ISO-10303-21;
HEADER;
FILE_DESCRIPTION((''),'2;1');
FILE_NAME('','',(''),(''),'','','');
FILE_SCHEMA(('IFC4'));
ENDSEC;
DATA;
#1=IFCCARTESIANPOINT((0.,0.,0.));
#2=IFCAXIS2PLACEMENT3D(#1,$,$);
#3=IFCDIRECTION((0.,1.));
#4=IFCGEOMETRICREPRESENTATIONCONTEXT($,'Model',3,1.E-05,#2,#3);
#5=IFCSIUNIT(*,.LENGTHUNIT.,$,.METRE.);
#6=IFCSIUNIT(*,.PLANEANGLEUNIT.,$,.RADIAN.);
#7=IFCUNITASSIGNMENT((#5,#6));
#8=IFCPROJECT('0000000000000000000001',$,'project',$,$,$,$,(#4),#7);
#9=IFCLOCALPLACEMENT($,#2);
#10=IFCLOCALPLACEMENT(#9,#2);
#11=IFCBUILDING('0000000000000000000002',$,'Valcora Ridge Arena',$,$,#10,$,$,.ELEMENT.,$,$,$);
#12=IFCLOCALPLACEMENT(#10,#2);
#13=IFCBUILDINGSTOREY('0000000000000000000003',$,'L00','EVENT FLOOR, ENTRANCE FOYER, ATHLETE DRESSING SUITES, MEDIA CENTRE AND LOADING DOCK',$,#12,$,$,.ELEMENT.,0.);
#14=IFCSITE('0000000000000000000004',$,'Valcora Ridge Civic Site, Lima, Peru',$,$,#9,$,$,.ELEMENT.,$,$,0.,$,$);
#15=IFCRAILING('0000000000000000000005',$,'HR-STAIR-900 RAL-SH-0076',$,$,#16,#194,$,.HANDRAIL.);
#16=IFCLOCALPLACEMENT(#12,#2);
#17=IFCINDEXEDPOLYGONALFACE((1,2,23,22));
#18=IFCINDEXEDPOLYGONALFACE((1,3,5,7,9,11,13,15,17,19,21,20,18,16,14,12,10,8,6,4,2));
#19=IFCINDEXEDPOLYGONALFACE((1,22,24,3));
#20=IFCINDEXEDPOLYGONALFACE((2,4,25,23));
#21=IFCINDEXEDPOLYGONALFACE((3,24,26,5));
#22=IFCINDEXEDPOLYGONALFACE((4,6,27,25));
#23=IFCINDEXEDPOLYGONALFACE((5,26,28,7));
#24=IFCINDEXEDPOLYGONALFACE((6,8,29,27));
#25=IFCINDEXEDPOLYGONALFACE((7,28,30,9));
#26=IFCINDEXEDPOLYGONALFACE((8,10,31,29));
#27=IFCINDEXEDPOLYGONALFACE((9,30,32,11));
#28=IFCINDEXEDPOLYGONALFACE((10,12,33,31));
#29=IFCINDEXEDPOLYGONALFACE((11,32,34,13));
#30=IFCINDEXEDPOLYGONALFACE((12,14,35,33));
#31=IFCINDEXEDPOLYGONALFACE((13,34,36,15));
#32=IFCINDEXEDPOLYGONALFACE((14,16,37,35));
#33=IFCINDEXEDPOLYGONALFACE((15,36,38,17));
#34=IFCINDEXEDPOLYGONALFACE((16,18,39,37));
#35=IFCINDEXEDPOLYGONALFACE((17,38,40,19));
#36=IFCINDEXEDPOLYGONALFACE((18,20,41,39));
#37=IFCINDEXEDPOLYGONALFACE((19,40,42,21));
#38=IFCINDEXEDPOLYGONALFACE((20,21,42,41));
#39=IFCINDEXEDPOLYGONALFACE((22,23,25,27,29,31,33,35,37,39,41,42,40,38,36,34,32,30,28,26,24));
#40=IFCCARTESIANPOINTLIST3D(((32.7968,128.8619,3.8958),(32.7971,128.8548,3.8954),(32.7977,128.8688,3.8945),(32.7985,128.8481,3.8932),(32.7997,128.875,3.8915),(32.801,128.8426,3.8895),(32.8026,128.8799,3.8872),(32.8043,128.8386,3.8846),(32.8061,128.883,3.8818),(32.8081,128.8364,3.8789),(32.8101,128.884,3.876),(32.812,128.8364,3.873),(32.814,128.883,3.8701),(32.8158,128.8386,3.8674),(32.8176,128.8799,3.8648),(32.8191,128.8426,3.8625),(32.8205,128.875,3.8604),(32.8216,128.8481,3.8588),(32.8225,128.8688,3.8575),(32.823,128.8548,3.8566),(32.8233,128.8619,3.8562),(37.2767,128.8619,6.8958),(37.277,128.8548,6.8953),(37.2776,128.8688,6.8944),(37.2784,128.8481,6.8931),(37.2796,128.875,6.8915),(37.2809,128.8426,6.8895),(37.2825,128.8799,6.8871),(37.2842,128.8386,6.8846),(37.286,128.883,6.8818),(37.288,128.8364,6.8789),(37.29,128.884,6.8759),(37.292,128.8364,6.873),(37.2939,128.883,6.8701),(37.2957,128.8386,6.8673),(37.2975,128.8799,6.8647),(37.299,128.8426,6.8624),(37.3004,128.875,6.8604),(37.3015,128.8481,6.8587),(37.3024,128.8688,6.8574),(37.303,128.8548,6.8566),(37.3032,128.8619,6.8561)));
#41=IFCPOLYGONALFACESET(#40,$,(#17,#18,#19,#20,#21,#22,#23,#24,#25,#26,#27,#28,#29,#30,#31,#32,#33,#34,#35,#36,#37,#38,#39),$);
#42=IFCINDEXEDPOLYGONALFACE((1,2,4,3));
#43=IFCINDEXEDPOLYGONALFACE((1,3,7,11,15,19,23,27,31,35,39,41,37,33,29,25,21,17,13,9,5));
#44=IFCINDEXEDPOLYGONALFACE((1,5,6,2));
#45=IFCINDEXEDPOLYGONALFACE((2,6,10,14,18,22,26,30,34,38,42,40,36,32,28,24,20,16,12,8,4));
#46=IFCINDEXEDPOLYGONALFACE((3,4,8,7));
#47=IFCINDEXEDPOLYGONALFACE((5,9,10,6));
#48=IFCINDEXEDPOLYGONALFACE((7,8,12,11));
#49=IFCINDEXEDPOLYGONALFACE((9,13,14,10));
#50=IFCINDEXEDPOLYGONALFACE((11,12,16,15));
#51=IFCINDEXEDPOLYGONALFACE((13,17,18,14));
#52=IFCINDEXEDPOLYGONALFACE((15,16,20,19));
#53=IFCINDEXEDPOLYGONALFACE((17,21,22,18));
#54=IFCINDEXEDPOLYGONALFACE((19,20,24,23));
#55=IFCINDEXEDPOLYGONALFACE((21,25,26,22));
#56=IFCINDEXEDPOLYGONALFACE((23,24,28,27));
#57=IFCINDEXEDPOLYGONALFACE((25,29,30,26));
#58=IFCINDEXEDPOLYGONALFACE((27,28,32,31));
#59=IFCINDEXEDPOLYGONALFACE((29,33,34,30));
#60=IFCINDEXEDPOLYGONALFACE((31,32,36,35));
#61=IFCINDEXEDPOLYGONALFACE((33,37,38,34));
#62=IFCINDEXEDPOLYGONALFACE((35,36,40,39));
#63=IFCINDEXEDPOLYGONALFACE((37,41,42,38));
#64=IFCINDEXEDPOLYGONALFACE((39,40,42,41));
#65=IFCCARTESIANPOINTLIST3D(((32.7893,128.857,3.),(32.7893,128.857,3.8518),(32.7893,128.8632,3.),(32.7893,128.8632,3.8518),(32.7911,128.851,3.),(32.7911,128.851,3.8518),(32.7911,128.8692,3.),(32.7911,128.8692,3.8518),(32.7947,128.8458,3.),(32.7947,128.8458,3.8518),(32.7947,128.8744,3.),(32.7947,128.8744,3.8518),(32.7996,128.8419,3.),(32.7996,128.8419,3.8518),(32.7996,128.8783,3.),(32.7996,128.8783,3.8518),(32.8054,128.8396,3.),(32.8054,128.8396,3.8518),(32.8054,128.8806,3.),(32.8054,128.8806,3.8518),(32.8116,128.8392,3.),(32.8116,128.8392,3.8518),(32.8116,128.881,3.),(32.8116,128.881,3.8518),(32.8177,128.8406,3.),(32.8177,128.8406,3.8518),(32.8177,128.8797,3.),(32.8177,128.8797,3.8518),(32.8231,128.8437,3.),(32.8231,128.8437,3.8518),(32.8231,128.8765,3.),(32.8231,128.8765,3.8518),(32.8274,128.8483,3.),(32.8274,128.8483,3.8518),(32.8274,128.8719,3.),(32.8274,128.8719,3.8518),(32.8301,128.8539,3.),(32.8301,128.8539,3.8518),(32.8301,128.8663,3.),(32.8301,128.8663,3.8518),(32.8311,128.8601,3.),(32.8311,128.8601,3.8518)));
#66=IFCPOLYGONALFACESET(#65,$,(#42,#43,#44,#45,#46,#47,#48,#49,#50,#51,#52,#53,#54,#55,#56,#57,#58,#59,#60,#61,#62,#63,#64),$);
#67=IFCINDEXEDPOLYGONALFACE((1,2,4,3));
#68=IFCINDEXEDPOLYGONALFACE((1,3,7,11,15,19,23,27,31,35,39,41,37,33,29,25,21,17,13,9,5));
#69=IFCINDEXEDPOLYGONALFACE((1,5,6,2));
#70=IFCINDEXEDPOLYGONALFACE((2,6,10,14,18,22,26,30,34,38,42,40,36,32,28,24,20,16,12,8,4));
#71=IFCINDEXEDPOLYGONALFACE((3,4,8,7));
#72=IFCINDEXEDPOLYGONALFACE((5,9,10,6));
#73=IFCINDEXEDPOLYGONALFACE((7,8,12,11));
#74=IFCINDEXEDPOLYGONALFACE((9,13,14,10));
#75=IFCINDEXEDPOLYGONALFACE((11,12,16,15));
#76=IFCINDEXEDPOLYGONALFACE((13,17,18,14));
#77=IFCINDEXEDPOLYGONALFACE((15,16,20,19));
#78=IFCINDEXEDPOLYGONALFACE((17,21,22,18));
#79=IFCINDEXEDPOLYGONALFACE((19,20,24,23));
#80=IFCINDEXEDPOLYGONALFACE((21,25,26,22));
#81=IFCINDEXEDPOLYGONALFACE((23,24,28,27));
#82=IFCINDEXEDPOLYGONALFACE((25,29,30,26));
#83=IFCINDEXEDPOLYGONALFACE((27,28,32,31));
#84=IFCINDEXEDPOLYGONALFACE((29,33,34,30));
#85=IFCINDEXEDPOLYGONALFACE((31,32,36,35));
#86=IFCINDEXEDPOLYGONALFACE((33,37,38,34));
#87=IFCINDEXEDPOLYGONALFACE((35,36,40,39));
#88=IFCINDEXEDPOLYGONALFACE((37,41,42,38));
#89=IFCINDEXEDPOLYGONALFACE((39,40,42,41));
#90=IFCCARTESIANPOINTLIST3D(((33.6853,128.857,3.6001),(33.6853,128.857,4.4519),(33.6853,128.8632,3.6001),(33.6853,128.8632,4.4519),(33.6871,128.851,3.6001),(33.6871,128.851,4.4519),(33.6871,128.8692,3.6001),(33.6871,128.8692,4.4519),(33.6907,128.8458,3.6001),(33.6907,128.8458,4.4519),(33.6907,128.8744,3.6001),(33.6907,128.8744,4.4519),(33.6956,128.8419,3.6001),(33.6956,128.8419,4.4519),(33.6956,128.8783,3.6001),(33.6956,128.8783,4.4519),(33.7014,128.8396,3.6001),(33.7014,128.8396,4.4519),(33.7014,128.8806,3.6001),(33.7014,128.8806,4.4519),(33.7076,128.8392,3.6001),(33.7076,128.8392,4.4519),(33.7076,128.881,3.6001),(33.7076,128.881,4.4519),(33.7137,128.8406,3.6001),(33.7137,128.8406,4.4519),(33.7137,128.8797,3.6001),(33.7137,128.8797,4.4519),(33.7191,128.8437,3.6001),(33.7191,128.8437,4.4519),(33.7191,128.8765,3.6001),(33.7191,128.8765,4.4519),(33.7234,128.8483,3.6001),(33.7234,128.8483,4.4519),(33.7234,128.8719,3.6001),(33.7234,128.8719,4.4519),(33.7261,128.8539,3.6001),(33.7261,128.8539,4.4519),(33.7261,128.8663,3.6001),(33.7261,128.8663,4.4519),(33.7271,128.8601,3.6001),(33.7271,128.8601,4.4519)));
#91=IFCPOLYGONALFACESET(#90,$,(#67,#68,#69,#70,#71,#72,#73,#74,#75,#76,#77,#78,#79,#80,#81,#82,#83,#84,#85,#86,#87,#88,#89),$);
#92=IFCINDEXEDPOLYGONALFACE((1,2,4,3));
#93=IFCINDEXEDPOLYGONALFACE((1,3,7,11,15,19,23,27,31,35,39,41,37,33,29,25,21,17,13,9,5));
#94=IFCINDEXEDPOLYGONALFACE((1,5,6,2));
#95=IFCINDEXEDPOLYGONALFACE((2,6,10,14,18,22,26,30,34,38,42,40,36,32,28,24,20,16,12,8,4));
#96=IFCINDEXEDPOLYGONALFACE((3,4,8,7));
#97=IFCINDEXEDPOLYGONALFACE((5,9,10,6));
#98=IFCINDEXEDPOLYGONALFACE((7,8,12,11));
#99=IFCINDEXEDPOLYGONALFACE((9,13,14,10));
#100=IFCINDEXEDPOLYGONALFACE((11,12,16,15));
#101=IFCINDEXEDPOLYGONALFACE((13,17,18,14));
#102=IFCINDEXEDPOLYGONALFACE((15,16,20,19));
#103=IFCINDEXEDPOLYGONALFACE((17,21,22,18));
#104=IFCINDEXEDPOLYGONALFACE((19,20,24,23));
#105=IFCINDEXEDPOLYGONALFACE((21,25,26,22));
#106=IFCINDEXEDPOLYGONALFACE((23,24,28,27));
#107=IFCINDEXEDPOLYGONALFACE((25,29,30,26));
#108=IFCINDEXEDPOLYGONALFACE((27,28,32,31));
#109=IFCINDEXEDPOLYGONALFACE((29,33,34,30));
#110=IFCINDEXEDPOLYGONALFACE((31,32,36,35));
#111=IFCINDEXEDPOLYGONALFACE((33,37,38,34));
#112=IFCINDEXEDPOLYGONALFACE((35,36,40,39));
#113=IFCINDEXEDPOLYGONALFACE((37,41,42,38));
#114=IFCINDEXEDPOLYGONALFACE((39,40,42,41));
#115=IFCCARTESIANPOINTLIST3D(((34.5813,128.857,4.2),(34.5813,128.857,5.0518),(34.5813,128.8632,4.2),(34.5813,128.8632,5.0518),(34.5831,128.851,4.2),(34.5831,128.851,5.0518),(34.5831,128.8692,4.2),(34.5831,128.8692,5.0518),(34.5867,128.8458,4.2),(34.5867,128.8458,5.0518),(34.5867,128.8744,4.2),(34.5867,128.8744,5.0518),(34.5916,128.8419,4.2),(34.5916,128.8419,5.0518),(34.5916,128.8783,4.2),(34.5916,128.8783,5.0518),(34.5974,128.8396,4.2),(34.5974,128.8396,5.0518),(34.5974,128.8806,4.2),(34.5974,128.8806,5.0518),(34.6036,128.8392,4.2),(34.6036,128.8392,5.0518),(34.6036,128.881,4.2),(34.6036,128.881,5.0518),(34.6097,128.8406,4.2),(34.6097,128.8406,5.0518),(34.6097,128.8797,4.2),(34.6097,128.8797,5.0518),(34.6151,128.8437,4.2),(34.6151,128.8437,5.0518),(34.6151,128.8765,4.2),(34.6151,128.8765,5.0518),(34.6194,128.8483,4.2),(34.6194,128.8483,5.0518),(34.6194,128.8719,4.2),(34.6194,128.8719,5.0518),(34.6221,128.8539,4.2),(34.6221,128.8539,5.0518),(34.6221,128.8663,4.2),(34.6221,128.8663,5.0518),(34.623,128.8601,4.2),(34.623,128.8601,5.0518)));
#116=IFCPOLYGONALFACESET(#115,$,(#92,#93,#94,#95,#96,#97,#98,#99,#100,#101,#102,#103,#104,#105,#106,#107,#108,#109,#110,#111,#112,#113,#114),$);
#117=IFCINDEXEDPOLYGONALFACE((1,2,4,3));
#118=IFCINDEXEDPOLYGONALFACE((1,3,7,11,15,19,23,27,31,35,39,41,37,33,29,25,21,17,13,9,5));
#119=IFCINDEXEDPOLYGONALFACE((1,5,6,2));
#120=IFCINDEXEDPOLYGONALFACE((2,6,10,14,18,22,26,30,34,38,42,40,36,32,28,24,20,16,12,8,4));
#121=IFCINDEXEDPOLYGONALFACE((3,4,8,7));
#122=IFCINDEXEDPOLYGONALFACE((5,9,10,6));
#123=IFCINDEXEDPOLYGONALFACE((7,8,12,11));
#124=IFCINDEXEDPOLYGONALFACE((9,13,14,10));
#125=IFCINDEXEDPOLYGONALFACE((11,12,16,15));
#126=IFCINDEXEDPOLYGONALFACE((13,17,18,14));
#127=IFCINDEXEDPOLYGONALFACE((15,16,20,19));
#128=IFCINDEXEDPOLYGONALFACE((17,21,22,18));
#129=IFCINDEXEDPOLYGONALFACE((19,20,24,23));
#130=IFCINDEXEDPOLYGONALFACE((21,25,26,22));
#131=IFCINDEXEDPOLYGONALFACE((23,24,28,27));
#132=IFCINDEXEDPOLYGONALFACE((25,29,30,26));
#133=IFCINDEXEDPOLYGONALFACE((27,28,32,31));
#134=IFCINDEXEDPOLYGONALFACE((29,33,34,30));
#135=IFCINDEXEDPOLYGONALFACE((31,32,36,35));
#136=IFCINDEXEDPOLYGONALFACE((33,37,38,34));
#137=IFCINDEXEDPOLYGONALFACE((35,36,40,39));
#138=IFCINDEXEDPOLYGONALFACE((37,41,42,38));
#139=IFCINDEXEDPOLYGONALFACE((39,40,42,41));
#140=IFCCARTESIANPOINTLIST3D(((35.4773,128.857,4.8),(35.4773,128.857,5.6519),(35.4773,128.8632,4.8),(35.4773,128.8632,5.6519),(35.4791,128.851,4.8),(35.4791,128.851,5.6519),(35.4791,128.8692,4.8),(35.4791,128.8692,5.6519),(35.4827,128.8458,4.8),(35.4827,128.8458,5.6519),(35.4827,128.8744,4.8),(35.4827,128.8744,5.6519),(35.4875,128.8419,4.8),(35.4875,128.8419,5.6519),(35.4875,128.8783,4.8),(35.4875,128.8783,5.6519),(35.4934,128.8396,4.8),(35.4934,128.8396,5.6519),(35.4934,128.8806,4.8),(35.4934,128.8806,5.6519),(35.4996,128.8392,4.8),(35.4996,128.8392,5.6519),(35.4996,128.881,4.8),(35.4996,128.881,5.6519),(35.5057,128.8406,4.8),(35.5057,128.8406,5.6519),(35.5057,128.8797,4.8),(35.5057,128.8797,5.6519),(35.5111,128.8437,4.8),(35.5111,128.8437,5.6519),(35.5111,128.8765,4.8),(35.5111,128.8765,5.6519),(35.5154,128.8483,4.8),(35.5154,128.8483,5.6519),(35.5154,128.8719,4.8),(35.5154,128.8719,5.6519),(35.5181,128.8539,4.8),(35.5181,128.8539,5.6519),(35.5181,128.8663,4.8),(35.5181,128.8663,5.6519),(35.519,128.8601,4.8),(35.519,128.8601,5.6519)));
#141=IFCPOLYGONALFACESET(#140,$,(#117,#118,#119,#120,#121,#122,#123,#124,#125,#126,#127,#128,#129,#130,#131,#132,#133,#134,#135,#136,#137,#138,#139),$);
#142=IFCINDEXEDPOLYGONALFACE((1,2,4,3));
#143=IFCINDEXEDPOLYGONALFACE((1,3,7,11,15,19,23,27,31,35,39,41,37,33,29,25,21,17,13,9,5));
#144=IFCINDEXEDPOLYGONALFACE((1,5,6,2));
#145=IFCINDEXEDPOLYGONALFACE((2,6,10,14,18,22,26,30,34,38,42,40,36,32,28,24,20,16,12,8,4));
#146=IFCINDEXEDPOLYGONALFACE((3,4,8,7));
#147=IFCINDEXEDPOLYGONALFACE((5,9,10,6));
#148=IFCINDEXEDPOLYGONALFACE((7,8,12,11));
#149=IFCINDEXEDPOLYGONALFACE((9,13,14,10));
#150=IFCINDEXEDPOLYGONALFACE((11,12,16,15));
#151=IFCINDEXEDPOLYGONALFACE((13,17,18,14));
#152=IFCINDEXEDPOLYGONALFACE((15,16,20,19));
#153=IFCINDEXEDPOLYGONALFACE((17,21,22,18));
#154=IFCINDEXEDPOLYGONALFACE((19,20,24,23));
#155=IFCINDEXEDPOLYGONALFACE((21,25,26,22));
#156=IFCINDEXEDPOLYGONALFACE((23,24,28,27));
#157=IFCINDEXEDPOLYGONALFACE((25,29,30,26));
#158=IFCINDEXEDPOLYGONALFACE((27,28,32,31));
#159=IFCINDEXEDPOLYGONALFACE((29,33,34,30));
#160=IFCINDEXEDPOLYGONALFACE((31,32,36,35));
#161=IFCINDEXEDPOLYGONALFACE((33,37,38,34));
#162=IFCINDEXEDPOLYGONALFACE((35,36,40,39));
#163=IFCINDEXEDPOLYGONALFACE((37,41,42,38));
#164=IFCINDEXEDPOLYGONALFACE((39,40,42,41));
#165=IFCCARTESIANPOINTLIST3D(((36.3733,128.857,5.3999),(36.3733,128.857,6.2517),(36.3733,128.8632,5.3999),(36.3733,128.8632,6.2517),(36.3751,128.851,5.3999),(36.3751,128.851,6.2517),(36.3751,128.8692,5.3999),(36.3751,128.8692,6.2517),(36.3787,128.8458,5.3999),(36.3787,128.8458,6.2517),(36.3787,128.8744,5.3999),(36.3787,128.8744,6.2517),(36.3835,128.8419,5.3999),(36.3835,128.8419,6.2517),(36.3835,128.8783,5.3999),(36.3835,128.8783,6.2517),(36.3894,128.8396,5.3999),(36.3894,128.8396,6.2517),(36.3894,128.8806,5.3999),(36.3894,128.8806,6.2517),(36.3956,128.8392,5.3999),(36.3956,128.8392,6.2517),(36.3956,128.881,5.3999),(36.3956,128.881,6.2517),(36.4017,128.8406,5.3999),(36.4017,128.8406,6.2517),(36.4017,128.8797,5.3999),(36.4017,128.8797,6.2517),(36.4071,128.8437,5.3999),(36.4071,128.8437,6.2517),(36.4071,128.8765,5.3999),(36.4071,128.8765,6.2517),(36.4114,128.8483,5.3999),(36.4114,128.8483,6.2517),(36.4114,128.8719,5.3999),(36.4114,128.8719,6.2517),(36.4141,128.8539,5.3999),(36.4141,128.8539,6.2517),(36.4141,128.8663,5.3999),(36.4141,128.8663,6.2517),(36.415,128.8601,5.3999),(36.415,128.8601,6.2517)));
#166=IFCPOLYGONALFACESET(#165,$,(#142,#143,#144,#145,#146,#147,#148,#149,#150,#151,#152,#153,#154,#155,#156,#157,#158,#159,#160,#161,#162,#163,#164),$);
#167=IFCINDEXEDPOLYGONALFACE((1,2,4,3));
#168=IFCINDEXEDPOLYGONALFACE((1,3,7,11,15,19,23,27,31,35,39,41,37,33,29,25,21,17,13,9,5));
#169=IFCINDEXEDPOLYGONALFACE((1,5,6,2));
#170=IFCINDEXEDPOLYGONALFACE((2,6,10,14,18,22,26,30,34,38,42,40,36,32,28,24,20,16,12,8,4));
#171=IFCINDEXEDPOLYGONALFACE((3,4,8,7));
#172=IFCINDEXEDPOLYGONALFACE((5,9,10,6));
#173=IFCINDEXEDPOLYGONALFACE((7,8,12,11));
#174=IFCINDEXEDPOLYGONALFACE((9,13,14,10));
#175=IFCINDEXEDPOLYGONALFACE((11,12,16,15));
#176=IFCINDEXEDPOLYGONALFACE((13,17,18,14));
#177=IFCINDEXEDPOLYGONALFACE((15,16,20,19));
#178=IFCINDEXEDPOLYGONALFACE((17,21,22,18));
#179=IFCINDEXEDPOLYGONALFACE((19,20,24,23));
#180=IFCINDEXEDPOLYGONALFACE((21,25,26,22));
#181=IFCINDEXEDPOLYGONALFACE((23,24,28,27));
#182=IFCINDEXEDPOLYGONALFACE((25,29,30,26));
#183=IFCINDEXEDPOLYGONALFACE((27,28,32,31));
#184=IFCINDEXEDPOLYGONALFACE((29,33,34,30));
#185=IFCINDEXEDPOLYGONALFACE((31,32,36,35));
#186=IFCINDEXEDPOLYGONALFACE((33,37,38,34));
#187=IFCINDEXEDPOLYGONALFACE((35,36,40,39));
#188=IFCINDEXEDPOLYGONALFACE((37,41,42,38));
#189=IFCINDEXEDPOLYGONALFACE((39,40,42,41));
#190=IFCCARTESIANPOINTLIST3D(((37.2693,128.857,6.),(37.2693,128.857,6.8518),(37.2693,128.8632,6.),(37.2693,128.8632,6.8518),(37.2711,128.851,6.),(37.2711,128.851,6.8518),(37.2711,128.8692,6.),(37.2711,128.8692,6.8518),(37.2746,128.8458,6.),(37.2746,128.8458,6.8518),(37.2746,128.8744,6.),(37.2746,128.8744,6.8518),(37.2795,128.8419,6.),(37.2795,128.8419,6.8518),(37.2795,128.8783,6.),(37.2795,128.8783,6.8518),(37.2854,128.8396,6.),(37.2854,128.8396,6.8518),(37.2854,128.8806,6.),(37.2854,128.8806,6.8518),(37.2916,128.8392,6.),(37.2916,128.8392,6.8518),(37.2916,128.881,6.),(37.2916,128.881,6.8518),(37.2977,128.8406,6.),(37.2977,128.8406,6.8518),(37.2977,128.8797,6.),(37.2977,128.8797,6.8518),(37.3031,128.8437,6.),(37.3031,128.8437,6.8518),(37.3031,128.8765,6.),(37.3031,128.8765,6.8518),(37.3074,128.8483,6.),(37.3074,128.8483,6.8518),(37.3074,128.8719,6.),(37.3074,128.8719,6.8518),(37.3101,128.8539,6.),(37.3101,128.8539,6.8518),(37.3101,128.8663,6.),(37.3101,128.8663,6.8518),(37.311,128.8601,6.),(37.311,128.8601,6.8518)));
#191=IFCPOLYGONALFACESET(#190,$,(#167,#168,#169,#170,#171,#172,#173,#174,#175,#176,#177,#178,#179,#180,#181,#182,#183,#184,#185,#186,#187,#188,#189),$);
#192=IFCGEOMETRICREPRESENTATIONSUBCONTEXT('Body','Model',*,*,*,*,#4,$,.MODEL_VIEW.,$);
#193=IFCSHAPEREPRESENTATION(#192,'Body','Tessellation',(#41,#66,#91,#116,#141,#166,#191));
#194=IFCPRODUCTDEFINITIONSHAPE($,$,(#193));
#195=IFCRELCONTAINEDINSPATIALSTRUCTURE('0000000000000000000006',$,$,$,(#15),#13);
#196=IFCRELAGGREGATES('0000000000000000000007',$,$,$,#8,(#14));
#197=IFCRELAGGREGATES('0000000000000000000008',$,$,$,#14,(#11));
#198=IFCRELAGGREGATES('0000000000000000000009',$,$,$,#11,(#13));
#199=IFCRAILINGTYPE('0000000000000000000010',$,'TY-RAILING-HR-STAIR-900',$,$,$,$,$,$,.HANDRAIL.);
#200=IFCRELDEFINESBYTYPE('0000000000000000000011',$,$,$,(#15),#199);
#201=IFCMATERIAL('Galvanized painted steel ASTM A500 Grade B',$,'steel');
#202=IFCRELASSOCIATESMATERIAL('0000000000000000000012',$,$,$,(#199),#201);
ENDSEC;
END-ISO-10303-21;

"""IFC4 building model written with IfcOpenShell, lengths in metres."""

from ifc_helpers import new_model, si_unit, direction, frame, origin, origin_2d, place, context, subcontext, project, spatial, circle, extrude, material, type_object, element, save


model = new_model("IFC4")

# Units and contexts
model_context = context("Model", 3, precision=1e-05, world=origin(), true_north=direction((0.0, 1.0)))
body_context = subcontext(model_context, "Body", "Model", "MODEL_VIEW")
ifc_project = project(units=[si_unit("LENGTHUNIT", "METRE"), si_unit("PLANEANGLEUNIT", "RADIAN")], contexts=[model_context])

# Site, building, storey
site_placement = place(None, origin())
site = spatial("IfcSite", under=ifc_project, at=site_placement, Name="Valcora Ridge Civic Site, Lima, Peru", CompositionType="ELEMENT", RefElevation=0.0)
building_placement = place(site_placement, origin())
building = spatial("IfcBuilding", under=site, at=building_placement, Name="Valcora Ridge Arena", CompositionType="ELEMENT")
storey_placement = place(building_placement, origin())
storey = spatial("IfcBuildingStorey", under=building, at=storey_placement, Name="L00", Description="EVENT FLOOR, ENTRANCE FOYER, ATHLETE DRESSING SUITES, MEDIA CENTRE AND LOADING DOCK", CompositionType="ELEMENT", Elevation=0.0)

# Railing
ifc_material_1 = material(Name="Galvanized painted steel ASTM A500 Grade B", Category="steel")
railing_type = type_object("IfcRailingType", Name="TY-RAILING-HR-STAIR-900", PredefinedType="HANDRAIL", material=ifc_material_1)
railing_placement = place(storey_placement, frame((32.8101, 128.8601, 3.0)))
element("IfcRailing", 1, at=railing_placement, inside=storey, type_object=railing_type, Name="HR-STAIR-900 RAL-SH-0076", PredefinedType="HANDRAIL", context=body_context, shape_type="SweptSolid", body=[
    extrude(circle(Radius=0.0239, at=origin_2d()), frame((0.0, 0.0, 0.876), z_axis=(0.830906, 0.0, 0.556413), x_axis=(0.0, 1.0, 0.0)), (0.0, 0.0, 1.0), 5.3916),
    extrude(circle(Radius=0.021, at=origin_2d()), origin(), (0.0, 0.0, 1.0), 0.8518),
    extrude(circle(Radius=0.021, at=origin_2d()), frame((0.896, 0.0, 0.6001)), (0.0, 0.0, 1.0), 0.8518),
    extrude(circle(Radius=0.021, at=origin_2d()), frame((1.792, 0.0, 1.2)), (0.0, 0.0, 1.0), 0.8518),
    extrude(circle(Radius=0.021, at=origin_2d()), frame((2.688, 0.0, 1.8)), (0.0, 0.0, 1.0), 0.8518),
    extrude(circle(Radius=0.021, at=origin_2d()), frame((3.584, 0.0, 2.3999)), (0.0, 0.0, 1.0), 0.8518),
    extrude(circle(Radius=0.021, at=origin_2d()), frame((4.48, 0.0, 3.0)), (0.0, 0.0, 1.0), 0.8518),
])

save(model, "model.ifc")
